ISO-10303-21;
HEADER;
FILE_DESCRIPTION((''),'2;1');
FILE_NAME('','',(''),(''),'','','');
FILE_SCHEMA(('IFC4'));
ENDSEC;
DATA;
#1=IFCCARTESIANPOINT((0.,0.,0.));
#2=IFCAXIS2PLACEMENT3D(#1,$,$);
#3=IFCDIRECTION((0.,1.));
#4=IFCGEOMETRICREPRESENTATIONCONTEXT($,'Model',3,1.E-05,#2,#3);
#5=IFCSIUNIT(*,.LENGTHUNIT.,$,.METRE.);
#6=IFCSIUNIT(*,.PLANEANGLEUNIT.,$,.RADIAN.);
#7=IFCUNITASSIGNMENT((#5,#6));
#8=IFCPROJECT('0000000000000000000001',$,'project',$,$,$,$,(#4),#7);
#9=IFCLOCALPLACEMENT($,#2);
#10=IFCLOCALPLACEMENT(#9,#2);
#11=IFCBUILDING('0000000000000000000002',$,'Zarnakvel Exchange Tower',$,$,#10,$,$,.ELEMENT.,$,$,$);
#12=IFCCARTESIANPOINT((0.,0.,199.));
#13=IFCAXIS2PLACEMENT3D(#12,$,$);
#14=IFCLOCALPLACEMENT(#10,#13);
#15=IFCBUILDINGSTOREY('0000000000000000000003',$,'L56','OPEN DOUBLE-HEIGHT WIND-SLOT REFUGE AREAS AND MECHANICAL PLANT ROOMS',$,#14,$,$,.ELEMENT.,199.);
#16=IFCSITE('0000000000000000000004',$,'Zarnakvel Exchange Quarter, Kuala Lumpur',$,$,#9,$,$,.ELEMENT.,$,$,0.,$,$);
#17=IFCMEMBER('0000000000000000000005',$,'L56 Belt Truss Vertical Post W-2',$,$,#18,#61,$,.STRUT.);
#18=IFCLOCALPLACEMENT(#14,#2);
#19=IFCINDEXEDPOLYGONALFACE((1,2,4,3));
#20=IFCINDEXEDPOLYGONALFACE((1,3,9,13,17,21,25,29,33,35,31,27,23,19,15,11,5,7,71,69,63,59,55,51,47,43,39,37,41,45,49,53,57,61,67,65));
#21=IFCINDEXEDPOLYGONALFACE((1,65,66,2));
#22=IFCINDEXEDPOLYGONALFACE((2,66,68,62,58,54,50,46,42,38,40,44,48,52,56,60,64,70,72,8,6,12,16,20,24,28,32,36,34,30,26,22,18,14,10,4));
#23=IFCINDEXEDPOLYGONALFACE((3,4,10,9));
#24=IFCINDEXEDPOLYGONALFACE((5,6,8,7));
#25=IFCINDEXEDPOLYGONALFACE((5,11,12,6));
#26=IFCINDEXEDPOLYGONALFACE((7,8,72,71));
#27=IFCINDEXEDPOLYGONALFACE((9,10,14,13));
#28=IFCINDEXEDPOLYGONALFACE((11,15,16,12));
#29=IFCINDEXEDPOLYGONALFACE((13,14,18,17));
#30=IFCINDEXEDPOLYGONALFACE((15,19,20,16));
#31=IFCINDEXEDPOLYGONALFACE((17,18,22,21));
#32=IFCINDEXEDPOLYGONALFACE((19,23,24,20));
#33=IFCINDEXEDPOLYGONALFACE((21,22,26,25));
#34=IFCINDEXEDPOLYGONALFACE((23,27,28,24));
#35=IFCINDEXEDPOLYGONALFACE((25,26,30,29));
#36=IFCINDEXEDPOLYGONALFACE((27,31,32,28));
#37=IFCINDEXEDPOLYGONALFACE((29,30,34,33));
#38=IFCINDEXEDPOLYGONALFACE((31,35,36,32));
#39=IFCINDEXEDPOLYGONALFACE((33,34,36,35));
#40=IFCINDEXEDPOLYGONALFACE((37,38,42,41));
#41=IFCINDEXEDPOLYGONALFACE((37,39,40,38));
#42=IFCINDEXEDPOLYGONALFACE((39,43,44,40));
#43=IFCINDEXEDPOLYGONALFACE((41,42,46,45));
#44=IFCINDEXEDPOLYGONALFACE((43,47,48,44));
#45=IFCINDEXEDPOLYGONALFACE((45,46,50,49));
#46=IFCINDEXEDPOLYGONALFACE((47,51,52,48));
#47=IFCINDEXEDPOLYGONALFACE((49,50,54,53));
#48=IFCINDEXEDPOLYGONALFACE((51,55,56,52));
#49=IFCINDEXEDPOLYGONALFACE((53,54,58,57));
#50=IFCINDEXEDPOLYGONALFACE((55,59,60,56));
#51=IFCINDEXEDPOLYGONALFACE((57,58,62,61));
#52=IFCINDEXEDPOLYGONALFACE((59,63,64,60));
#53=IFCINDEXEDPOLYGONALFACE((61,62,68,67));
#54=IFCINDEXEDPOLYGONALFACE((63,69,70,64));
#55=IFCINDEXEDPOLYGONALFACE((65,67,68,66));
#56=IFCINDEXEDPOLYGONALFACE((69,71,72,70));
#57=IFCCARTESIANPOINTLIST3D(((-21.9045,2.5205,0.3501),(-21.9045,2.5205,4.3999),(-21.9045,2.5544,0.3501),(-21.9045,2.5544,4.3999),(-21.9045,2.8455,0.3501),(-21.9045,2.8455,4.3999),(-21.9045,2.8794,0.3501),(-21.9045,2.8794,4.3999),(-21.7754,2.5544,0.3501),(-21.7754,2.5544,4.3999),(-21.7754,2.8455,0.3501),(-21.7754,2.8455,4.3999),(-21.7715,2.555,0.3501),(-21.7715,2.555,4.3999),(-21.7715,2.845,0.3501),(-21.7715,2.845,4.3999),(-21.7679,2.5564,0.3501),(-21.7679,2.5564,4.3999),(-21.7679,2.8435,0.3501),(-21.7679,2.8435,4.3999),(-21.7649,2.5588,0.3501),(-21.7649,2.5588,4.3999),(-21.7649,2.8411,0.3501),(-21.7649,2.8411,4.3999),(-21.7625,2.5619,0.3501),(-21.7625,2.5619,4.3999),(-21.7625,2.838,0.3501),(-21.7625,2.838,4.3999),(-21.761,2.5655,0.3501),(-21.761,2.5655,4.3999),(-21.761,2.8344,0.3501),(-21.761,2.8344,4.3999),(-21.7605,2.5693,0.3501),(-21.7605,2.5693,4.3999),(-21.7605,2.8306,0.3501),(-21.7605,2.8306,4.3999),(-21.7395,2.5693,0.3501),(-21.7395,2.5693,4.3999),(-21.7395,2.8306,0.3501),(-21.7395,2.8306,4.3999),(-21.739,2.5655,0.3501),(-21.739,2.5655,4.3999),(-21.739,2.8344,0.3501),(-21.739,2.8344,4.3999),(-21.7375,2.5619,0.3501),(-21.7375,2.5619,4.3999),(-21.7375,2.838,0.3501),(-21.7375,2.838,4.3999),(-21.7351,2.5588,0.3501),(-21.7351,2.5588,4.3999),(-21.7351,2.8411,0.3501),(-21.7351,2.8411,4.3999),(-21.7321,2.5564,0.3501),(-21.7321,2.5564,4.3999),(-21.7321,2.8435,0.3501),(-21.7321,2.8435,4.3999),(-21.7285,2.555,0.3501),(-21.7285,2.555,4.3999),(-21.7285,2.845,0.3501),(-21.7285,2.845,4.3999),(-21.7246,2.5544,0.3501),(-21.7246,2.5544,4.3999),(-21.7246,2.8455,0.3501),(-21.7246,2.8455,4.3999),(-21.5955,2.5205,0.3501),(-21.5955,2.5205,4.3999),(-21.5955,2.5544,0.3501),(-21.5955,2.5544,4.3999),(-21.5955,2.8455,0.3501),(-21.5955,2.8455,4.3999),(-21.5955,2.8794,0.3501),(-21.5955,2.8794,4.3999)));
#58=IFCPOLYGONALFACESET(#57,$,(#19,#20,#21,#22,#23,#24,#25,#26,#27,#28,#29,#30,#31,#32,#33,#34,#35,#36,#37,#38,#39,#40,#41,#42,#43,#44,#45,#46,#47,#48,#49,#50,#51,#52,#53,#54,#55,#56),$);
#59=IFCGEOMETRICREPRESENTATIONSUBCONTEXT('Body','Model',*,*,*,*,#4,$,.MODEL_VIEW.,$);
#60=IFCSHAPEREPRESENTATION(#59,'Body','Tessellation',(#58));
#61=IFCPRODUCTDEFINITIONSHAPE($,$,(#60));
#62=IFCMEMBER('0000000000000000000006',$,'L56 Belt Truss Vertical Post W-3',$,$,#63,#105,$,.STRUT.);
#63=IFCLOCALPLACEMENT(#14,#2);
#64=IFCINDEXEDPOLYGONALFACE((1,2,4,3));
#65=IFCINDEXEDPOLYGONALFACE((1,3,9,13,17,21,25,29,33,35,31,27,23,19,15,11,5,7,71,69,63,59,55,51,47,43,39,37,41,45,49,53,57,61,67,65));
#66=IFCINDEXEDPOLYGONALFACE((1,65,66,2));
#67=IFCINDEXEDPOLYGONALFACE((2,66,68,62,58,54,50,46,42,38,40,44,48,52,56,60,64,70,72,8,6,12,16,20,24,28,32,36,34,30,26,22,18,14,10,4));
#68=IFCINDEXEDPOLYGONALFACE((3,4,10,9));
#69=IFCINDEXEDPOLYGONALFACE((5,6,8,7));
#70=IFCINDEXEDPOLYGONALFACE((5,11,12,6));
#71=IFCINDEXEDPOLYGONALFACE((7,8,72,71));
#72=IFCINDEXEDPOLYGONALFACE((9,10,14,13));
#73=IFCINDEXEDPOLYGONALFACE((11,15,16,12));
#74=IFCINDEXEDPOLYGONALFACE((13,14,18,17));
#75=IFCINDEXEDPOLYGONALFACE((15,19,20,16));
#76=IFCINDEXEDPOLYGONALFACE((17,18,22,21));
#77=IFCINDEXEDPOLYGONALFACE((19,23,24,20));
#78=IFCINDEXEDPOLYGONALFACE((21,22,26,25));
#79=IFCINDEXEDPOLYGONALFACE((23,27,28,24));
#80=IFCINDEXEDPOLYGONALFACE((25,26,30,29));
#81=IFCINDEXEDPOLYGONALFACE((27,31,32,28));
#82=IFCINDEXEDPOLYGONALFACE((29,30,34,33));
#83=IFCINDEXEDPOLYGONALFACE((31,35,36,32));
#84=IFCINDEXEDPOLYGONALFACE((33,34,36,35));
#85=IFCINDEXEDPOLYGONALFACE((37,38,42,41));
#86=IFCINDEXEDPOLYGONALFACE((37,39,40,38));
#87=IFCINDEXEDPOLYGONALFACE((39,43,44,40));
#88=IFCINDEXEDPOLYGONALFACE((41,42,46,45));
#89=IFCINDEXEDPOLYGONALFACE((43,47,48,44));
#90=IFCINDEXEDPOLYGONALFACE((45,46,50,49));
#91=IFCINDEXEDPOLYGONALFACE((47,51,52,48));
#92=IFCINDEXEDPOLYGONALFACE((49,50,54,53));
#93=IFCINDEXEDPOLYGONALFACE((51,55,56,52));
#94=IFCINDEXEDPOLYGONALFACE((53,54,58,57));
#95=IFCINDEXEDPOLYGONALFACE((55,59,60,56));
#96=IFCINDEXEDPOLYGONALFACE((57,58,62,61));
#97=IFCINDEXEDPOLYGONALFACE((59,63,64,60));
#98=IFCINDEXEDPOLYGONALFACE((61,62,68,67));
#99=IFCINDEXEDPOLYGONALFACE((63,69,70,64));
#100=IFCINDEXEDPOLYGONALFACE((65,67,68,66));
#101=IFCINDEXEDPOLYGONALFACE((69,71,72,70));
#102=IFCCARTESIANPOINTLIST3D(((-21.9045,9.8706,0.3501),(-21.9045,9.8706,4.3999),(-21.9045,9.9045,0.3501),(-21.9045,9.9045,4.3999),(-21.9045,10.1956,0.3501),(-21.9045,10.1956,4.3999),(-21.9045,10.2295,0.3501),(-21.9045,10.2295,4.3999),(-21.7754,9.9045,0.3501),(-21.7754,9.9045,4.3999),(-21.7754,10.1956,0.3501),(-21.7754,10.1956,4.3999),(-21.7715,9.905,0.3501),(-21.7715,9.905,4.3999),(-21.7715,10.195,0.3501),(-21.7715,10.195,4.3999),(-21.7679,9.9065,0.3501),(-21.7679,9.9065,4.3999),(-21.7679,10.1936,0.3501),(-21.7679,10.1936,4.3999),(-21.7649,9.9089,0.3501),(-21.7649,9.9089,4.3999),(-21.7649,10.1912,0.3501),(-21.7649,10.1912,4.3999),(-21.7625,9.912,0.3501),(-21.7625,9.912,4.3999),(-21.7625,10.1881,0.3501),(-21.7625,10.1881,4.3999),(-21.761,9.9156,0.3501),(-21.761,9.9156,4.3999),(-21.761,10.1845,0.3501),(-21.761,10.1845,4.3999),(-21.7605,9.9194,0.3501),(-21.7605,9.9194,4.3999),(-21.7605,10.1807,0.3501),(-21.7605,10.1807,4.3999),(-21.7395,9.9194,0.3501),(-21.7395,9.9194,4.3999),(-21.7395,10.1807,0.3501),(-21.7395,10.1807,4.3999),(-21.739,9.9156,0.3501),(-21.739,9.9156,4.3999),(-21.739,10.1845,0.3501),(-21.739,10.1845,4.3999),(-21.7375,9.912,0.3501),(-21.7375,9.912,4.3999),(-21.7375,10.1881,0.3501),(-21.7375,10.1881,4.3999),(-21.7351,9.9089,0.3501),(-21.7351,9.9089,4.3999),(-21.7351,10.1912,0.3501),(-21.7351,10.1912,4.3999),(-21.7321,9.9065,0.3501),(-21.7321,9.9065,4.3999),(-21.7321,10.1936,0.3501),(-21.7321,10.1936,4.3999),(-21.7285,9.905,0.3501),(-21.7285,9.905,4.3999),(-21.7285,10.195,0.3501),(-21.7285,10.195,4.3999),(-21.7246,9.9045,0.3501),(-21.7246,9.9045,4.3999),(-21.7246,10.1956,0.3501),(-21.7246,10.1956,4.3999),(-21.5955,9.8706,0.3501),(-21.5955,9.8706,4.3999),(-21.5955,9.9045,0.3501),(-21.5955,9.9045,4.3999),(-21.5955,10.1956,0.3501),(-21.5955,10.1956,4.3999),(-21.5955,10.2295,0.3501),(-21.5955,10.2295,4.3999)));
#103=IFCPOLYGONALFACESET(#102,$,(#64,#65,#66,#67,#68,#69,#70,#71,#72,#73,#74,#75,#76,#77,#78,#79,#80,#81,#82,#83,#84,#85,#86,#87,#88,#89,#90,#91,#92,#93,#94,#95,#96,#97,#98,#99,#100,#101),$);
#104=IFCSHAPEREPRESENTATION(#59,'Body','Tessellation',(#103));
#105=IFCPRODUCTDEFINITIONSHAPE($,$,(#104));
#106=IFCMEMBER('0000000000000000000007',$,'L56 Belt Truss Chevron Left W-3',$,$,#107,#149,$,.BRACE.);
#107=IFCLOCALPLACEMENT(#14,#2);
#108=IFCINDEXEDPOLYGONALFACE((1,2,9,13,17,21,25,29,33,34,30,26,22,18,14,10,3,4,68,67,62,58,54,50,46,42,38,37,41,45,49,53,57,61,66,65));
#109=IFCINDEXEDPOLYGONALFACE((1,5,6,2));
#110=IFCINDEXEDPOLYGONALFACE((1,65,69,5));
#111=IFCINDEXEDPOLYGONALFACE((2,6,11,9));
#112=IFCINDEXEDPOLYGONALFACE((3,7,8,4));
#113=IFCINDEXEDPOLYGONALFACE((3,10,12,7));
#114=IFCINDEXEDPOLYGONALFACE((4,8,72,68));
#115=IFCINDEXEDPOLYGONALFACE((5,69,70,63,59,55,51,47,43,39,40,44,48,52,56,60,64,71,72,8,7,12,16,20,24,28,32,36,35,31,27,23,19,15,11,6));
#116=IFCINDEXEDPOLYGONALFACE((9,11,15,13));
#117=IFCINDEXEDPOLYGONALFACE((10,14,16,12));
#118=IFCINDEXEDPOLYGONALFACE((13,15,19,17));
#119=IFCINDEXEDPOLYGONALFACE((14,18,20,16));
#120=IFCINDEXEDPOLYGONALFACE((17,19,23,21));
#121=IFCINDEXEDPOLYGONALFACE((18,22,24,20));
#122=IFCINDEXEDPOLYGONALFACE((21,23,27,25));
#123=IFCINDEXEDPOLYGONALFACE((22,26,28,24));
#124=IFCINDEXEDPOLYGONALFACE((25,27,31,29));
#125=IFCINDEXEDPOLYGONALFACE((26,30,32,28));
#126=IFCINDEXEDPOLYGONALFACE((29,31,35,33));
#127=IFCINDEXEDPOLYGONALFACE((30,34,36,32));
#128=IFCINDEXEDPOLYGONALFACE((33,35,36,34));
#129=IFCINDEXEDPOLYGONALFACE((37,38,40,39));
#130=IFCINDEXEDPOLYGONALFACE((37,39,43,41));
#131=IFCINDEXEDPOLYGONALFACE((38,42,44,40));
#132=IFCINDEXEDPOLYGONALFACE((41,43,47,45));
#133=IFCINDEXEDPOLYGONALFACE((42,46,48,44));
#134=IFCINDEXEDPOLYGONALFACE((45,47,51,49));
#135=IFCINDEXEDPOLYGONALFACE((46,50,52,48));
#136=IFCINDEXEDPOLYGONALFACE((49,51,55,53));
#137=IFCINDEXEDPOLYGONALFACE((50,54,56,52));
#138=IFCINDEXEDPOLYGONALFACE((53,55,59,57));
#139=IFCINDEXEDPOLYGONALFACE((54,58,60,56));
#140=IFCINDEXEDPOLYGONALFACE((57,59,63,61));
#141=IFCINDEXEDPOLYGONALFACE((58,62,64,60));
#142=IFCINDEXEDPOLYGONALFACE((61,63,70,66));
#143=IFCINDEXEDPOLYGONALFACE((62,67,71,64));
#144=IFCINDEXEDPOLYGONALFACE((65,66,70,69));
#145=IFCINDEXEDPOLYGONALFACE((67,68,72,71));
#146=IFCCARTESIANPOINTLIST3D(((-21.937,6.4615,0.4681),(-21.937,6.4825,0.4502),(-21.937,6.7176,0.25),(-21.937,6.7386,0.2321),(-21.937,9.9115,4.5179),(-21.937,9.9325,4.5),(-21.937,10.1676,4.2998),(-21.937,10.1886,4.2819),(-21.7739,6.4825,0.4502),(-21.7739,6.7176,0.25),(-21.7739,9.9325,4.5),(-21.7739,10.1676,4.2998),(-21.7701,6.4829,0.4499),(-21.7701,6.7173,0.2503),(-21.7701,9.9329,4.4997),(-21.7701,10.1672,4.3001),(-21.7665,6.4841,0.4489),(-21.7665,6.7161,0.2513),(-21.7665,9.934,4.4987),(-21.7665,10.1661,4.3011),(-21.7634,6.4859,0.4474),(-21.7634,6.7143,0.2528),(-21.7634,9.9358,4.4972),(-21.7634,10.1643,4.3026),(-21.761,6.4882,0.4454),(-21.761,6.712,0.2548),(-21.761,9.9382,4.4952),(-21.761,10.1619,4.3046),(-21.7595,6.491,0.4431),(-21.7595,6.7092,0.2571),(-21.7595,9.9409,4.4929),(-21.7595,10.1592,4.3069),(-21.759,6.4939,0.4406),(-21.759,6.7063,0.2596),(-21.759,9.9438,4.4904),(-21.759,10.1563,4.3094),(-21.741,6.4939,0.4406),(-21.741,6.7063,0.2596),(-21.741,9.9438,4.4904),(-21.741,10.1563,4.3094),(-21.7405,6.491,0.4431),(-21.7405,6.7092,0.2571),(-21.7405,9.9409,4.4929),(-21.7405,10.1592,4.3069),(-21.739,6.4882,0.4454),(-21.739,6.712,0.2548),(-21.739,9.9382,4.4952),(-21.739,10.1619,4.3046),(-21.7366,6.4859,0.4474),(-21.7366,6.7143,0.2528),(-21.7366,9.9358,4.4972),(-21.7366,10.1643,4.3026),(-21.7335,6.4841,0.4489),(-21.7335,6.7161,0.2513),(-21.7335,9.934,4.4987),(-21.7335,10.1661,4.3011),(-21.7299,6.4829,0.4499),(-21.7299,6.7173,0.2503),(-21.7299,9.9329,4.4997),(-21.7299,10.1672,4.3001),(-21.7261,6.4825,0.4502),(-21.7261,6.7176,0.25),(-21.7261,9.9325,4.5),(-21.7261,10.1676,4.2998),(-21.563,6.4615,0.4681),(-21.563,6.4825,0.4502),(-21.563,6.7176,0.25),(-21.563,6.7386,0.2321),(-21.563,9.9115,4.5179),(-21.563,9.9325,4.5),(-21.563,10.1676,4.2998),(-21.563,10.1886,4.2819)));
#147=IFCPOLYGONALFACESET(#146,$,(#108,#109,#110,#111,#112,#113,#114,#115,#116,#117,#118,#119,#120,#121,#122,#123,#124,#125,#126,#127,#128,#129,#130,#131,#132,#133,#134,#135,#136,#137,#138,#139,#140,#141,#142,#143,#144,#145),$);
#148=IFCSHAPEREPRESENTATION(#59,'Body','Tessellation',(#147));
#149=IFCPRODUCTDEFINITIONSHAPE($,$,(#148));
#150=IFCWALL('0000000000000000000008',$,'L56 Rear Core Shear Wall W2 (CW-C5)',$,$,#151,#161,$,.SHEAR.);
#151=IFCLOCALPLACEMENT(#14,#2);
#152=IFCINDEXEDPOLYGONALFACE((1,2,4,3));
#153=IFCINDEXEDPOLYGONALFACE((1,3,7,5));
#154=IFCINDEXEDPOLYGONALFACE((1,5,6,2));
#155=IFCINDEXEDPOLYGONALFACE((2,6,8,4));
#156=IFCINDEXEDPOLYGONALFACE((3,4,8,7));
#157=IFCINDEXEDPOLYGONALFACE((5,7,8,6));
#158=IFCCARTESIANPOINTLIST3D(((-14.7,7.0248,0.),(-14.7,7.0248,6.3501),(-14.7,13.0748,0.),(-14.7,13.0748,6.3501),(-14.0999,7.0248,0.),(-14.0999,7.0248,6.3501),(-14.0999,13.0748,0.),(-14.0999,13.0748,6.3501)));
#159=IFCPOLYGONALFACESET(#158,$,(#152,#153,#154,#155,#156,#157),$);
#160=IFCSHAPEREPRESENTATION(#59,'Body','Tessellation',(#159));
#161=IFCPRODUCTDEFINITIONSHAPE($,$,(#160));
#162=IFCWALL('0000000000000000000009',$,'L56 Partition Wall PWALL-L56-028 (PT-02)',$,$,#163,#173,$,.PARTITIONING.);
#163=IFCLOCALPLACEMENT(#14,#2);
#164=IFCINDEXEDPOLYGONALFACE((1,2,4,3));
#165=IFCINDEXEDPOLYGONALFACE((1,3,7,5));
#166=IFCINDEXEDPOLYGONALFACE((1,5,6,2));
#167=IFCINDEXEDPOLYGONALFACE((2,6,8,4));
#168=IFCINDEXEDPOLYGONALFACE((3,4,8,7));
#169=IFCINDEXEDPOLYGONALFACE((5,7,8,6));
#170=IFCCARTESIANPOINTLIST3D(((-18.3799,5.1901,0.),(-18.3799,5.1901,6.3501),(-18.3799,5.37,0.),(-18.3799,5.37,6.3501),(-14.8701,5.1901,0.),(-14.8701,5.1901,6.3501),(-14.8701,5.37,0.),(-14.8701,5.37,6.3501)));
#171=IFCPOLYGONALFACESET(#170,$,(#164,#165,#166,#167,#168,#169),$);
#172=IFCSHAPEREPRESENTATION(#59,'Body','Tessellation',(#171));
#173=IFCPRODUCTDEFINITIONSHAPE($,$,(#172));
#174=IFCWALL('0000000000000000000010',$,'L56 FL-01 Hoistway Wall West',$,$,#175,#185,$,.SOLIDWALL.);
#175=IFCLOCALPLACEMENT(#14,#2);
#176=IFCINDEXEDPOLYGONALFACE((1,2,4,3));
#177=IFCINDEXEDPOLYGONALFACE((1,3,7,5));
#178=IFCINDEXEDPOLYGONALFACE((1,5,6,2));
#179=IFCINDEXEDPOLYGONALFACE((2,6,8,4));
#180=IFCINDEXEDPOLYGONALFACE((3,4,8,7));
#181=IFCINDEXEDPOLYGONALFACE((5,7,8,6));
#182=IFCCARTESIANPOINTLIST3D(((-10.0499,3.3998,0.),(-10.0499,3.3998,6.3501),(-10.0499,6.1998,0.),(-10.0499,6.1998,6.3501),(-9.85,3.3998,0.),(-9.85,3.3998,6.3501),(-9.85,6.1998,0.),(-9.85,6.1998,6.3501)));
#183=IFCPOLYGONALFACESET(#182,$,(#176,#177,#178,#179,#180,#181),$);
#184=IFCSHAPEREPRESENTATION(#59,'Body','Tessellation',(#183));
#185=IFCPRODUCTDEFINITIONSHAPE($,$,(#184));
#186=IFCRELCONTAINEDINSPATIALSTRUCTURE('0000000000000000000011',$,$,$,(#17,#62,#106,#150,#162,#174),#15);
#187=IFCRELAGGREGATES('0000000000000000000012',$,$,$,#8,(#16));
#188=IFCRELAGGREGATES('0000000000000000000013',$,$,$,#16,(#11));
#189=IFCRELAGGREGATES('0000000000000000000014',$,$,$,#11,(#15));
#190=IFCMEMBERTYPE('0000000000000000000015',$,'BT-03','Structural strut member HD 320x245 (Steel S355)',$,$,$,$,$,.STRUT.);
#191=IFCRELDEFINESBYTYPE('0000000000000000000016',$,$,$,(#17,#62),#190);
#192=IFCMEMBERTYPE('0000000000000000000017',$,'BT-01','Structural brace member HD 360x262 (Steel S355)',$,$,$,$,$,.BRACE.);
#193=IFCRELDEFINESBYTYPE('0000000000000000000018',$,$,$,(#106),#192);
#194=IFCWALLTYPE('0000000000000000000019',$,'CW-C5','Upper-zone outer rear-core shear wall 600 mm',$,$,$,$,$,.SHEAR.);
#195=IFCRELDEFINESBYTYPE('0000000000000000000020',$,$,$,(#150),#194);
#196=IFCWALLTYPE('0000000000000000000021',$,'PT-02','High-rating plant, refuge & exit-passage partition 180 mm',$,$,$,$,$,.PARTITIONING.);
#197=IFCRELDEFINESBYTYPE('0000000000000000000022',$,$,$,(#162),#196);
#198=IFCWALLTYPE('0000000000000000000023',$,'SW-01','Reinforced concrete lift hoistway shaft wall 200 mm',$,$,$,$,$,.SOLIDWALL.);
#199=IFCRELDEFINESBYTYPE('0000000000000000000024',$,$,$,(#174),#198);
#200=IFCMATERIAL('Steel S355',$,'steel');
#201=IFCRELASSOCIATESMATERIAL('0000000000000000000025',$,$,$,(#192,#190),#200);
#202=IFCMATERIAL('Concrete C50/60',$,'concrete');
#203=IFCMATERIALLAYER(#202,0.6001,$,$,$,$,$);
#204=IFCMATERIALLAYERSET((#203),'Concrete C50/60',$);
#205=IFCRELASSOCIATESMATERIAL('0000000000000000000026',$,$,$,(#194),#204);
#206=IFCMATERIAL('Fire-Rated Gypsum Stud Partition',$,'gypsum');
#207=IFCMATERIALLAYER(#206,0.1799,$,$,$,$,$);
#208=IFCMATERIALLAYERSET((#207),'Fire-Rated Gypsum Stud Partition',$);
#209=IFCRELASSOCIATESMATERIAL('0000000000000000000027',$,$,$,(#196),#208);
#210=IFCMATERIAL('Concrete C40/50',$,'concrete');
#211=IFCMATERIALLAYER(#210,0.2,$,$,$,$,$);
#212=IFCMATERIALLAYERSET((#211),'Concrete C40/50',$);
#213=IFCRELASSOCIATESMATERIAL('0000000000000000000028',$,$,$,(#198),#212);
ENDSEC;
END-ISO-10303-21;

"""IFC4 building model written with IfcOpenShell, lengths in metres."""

from ifc_helpers import new_model, si_unit, direction, frame, frame_2d, origin, origin_2d, place, context, subcontext, project, spatial, rectangle, i_section, extrude, source, transform, mapped, material, layer, layer_set, material_profile, profile_set, type_object, element, save


model = new_model("IFC4")

# Units and contexts
model_context = context("Model", 3, precision=1e-05, world=origin(), true_north=direction((0.0, 1.0)))
body_context = subcontext(model_context, "Body", "Model", "MODEL_VIEW")
ifc_project = project(units=[si_unit("LENGTHUNIT", "METRE"), si_unit("PLANEANGLEUNIT", "RADIAN")], contexts=[model_context])

# Site, building, storey
site_placement = place(None, origin())
site = spatial("IfcSite", under=ifc_project, at=site_placement, Name="Zarnakvel Exchange Quarter, Kuala Lumpur", CompositionType="ELEMENT", RefElevation=0.0)
building_placement = place(site_placement, origin())
building = spatial("IfcBuilding", under=site, at=building_placement, Name="Zarnakvel Exchange Tower", CompositionType="ELEMENT")
storey_placement = place(building_placement, frame((0.0, 0.0, 199.0)))
storey = spatial("IfcBuildingStorey", under=building, at=storey_placement, Name="L56", Description="OPEN DOUBLE-HEIGHT WIND-SLOT REFUGE AREAS AND MECHANICAL PLANT ROOMS", CompositionType="ELEMENT", Elevation=199.0)

# Shared definitions
ifc_material_1 = material(Name="Concrete C50/60", Category="concrete")

# Members
ifc_material_2 = material(Name="Steel S355", Category="steel")
ifc_material_profile_1 = material_profile(ifc_material_2, i_section(OverallWidth=0.374, OverallDepth=0.364, WebThickness=0.0181, FlangeThickness=0.0276, FilletRadius=0.0149, at=origin_2d()))
ifc_profile_set_1 = profile_set([ifc_material_profile_1], Name="Steel S355")
member_type_1 = type_object("IfcMemberType", Name="BT-01", Description="Structural brace member HD 360x262 (Steel S355)", PredefinedType="BRACE", material=ifc_profile_set_1)
ifc_material_profile_2 = material_profile(ifc_material_2, i_section(OverallWidth=0.3091, OverallDepth=0.3589, WebThickness=0.021, FlangeThickness=0.0339, FilletRadius=0.0149, at=origin_2d()))
ifc_profile_set_2 = profile_set([ifc_material_profile_2], Name="Steel S355")
member_type_2 = type_object("IfcMemberType", Name="BT-03", Description="Structural strut member HD 320x245 (Steel S355)", PredefinedType="STRUT", material=ifc_profile_set_2)
shared_shape_1 = source(origin(), body_context, "Body", "SweptSolid", [
    extrude(i_section(OverallWidth=0.3091, OverallDepth=0.3589, WebThickness=0.021, FlangeThickness=0.0339, FilletRadius=0.0149, at=origin_2d()), origin(), (0.0, 0.0, 1.0), 4.0498),
])
for number, where, z_axis, x_axis, name in (
    (1, (-21.75, 2.7, 0.3501), (0.0, 0.0, 1.0), (1.0, 0.0, 0.0), "L56 Belt Truss Vertical Post W-2"),
    (2, (-21.75, 10.05, 0.3501), (0.0, 0.0, 1.0), (1.0, 0.0, 0.0), "L56 Belt Truss Vertical Post W-3"),
):
    element("IfcMember", number, at=place(storey_placement, frame(where, z_axis=z_axis, x_axis=x_axis)), inside=storey, type_object=member_type_2, Name=name, PredefinedType="STRUT", context=body_context, shape_type="MappedRepresentation", body=[
        mapped(shared_shape_1, transform((0.0, 0.0, 0.0), x_axis=(1.0, 0.0, 0.0), y_axis=(0.0, 1.0, 0.0), z_axis=(0.0, 0.0, 1.0), scale=1.0)),
    ])
shared_shape_2 = source(origin(), body_context, "Body", "SweptSolid", [
    extrude(i_section(OverallWidth=0.374, OverallDepth=0.364, WebThickness=0.0181, FlangeThickness=0.0276, FilletRadius=0.0149, at=origin_2d()), origin(), (0.0, 0.0, 1.0), 5.3201),
])
member_1_placement = place(storey_placement, frame((-21.75, 6.6001, 0.3501), z_axis=(0.0, 0.648479, 0.761232), x_axis=(-1.0, 0.0, 0.0)))
element("IfcMember", 3, at=member_1_placement, inside=storey, type_object=member_type_1, Name="L56 Belt Truss Chevron Left W-3", PredefinedType="BRACE", context=body_context, shape_type="MappedRepresentation", body=[
    mapped(shared_shape_2, transform((0.0, 0.0, 0.0), x_axis=(1.0, 0.0, 0.0), y_axis=(0.0, 1.0, 0.0), z_axis=(0.0, 0.0, 1.0), scale=1.0)),
])

# Walls
ifc_layer_1 = layer(ifc_material_1, 0.6001)
ifc_layer_set_1 = layer_set([ifc_layer_1], Name="Concrete C50/60")
wall_type_1 = type_object("IfcWallType", Name="CW-C5", Description="Upper-zone outer rear-core shear wall 600 mm", PredefinedType="SHEAR", material=ifc_layer_set_1)
wall_1_placement = place(storey_placement, frame((-14.3999, 7.0249, 0.0), z_axis=(0.0, 0.0, 1.0), x_axis=(0.0, 1.0, 0.0)))
element("IfcWall", 4, at=wall_1_placement, inside=storey, type_object=wall_type_1, Name="L56 Rear Core Shear Wall W2 (CW-C5)", PredefinedType="SHEAR", context=body_context, shape_type="SweptSolid", body=[
    extrude(rectangle(XDim=6.05, YDim=0.6001, at=frame_2d((3.0249, 0.0))), origin(), (0.0, 0.0, 1.0), 6.3501),
])
ifc_material_3 = material(Name="Fire-Rated Gypsum Stud Partition", Category="gypsum")
ifc_layer_2 = layer(ifc_material_3, 0.1799)
ifc_layer_set_2 = layer_set([ifc_layer_2], Name="Fire-Rated Gypsum Stud Partition")
wall_type_2 = type_object("IfcWallType", Name="PT-02", Description="High-rating plant, refuge & exit-passage partition 180 mm", PredefinedType="PARTITIONING", material=ifc_layer_set_2)
wall_2_placement = place(storey_placement, frame((-18.3799, 5.28, 0.0), z_axis=(0.0, 0.0, 1.0), x_axis=(1.0, 0.0, 0.0)))
element("IfcWall", 5, at=wall_2_placement, inside=storey, type_object=wall_type_2, Name="L56 Partition Wall PWALL-L56-028 (PT-02)", PredefinedType="PARTITIONING", context=body_context, shape_type="SweptSolid", body=[
    extrude(rectangle(XDim=3.5098, YDim=0.1799, at=frame_2d((1.7549, 0.0))), origin(), (0.0, 0.0, 1.0), 6.3501),
])
ifc_material_4 = material(Name="Concrete C40/50", Category="concrete")
ifc_layer_3 = layer(ifc_material_4, 0.2)
ifc_layer_set_3 = layer_set([ifc_layer_3], Name="Concrete C40/50")
wall_type_3 = type_object("IfcWallType", Name="SW-01", Description="Reinforced concrete lift hoistway shaft wall 200 mm", PredefinedType="SOLIDWALL", material=ifc_layer_set_3)
wall_3_placement = place(storey_placement, frame((-9.95, 3.3999, 0.0), z_axis=(0.0, 0.0, 1.0), x_axis=(0.0, 1.0, 0.0)))
element("IfcWall", 6, at=wall_3_placement, inside=storey, type_object=wall_type_3, Name="L56 FL-01 Hoistway Wall West", PredefinedType="SOLIDWALL", context=body_context, shape_type="SweptSolid", body=[
    extrude(rectangle(XDim=2.8, YDim=0.2, at=frame_2d((1.3999, 0.0))), origin(), (0.0, 0.0, 1.0), 6.3501),
])

save(model, "model.ifc")
